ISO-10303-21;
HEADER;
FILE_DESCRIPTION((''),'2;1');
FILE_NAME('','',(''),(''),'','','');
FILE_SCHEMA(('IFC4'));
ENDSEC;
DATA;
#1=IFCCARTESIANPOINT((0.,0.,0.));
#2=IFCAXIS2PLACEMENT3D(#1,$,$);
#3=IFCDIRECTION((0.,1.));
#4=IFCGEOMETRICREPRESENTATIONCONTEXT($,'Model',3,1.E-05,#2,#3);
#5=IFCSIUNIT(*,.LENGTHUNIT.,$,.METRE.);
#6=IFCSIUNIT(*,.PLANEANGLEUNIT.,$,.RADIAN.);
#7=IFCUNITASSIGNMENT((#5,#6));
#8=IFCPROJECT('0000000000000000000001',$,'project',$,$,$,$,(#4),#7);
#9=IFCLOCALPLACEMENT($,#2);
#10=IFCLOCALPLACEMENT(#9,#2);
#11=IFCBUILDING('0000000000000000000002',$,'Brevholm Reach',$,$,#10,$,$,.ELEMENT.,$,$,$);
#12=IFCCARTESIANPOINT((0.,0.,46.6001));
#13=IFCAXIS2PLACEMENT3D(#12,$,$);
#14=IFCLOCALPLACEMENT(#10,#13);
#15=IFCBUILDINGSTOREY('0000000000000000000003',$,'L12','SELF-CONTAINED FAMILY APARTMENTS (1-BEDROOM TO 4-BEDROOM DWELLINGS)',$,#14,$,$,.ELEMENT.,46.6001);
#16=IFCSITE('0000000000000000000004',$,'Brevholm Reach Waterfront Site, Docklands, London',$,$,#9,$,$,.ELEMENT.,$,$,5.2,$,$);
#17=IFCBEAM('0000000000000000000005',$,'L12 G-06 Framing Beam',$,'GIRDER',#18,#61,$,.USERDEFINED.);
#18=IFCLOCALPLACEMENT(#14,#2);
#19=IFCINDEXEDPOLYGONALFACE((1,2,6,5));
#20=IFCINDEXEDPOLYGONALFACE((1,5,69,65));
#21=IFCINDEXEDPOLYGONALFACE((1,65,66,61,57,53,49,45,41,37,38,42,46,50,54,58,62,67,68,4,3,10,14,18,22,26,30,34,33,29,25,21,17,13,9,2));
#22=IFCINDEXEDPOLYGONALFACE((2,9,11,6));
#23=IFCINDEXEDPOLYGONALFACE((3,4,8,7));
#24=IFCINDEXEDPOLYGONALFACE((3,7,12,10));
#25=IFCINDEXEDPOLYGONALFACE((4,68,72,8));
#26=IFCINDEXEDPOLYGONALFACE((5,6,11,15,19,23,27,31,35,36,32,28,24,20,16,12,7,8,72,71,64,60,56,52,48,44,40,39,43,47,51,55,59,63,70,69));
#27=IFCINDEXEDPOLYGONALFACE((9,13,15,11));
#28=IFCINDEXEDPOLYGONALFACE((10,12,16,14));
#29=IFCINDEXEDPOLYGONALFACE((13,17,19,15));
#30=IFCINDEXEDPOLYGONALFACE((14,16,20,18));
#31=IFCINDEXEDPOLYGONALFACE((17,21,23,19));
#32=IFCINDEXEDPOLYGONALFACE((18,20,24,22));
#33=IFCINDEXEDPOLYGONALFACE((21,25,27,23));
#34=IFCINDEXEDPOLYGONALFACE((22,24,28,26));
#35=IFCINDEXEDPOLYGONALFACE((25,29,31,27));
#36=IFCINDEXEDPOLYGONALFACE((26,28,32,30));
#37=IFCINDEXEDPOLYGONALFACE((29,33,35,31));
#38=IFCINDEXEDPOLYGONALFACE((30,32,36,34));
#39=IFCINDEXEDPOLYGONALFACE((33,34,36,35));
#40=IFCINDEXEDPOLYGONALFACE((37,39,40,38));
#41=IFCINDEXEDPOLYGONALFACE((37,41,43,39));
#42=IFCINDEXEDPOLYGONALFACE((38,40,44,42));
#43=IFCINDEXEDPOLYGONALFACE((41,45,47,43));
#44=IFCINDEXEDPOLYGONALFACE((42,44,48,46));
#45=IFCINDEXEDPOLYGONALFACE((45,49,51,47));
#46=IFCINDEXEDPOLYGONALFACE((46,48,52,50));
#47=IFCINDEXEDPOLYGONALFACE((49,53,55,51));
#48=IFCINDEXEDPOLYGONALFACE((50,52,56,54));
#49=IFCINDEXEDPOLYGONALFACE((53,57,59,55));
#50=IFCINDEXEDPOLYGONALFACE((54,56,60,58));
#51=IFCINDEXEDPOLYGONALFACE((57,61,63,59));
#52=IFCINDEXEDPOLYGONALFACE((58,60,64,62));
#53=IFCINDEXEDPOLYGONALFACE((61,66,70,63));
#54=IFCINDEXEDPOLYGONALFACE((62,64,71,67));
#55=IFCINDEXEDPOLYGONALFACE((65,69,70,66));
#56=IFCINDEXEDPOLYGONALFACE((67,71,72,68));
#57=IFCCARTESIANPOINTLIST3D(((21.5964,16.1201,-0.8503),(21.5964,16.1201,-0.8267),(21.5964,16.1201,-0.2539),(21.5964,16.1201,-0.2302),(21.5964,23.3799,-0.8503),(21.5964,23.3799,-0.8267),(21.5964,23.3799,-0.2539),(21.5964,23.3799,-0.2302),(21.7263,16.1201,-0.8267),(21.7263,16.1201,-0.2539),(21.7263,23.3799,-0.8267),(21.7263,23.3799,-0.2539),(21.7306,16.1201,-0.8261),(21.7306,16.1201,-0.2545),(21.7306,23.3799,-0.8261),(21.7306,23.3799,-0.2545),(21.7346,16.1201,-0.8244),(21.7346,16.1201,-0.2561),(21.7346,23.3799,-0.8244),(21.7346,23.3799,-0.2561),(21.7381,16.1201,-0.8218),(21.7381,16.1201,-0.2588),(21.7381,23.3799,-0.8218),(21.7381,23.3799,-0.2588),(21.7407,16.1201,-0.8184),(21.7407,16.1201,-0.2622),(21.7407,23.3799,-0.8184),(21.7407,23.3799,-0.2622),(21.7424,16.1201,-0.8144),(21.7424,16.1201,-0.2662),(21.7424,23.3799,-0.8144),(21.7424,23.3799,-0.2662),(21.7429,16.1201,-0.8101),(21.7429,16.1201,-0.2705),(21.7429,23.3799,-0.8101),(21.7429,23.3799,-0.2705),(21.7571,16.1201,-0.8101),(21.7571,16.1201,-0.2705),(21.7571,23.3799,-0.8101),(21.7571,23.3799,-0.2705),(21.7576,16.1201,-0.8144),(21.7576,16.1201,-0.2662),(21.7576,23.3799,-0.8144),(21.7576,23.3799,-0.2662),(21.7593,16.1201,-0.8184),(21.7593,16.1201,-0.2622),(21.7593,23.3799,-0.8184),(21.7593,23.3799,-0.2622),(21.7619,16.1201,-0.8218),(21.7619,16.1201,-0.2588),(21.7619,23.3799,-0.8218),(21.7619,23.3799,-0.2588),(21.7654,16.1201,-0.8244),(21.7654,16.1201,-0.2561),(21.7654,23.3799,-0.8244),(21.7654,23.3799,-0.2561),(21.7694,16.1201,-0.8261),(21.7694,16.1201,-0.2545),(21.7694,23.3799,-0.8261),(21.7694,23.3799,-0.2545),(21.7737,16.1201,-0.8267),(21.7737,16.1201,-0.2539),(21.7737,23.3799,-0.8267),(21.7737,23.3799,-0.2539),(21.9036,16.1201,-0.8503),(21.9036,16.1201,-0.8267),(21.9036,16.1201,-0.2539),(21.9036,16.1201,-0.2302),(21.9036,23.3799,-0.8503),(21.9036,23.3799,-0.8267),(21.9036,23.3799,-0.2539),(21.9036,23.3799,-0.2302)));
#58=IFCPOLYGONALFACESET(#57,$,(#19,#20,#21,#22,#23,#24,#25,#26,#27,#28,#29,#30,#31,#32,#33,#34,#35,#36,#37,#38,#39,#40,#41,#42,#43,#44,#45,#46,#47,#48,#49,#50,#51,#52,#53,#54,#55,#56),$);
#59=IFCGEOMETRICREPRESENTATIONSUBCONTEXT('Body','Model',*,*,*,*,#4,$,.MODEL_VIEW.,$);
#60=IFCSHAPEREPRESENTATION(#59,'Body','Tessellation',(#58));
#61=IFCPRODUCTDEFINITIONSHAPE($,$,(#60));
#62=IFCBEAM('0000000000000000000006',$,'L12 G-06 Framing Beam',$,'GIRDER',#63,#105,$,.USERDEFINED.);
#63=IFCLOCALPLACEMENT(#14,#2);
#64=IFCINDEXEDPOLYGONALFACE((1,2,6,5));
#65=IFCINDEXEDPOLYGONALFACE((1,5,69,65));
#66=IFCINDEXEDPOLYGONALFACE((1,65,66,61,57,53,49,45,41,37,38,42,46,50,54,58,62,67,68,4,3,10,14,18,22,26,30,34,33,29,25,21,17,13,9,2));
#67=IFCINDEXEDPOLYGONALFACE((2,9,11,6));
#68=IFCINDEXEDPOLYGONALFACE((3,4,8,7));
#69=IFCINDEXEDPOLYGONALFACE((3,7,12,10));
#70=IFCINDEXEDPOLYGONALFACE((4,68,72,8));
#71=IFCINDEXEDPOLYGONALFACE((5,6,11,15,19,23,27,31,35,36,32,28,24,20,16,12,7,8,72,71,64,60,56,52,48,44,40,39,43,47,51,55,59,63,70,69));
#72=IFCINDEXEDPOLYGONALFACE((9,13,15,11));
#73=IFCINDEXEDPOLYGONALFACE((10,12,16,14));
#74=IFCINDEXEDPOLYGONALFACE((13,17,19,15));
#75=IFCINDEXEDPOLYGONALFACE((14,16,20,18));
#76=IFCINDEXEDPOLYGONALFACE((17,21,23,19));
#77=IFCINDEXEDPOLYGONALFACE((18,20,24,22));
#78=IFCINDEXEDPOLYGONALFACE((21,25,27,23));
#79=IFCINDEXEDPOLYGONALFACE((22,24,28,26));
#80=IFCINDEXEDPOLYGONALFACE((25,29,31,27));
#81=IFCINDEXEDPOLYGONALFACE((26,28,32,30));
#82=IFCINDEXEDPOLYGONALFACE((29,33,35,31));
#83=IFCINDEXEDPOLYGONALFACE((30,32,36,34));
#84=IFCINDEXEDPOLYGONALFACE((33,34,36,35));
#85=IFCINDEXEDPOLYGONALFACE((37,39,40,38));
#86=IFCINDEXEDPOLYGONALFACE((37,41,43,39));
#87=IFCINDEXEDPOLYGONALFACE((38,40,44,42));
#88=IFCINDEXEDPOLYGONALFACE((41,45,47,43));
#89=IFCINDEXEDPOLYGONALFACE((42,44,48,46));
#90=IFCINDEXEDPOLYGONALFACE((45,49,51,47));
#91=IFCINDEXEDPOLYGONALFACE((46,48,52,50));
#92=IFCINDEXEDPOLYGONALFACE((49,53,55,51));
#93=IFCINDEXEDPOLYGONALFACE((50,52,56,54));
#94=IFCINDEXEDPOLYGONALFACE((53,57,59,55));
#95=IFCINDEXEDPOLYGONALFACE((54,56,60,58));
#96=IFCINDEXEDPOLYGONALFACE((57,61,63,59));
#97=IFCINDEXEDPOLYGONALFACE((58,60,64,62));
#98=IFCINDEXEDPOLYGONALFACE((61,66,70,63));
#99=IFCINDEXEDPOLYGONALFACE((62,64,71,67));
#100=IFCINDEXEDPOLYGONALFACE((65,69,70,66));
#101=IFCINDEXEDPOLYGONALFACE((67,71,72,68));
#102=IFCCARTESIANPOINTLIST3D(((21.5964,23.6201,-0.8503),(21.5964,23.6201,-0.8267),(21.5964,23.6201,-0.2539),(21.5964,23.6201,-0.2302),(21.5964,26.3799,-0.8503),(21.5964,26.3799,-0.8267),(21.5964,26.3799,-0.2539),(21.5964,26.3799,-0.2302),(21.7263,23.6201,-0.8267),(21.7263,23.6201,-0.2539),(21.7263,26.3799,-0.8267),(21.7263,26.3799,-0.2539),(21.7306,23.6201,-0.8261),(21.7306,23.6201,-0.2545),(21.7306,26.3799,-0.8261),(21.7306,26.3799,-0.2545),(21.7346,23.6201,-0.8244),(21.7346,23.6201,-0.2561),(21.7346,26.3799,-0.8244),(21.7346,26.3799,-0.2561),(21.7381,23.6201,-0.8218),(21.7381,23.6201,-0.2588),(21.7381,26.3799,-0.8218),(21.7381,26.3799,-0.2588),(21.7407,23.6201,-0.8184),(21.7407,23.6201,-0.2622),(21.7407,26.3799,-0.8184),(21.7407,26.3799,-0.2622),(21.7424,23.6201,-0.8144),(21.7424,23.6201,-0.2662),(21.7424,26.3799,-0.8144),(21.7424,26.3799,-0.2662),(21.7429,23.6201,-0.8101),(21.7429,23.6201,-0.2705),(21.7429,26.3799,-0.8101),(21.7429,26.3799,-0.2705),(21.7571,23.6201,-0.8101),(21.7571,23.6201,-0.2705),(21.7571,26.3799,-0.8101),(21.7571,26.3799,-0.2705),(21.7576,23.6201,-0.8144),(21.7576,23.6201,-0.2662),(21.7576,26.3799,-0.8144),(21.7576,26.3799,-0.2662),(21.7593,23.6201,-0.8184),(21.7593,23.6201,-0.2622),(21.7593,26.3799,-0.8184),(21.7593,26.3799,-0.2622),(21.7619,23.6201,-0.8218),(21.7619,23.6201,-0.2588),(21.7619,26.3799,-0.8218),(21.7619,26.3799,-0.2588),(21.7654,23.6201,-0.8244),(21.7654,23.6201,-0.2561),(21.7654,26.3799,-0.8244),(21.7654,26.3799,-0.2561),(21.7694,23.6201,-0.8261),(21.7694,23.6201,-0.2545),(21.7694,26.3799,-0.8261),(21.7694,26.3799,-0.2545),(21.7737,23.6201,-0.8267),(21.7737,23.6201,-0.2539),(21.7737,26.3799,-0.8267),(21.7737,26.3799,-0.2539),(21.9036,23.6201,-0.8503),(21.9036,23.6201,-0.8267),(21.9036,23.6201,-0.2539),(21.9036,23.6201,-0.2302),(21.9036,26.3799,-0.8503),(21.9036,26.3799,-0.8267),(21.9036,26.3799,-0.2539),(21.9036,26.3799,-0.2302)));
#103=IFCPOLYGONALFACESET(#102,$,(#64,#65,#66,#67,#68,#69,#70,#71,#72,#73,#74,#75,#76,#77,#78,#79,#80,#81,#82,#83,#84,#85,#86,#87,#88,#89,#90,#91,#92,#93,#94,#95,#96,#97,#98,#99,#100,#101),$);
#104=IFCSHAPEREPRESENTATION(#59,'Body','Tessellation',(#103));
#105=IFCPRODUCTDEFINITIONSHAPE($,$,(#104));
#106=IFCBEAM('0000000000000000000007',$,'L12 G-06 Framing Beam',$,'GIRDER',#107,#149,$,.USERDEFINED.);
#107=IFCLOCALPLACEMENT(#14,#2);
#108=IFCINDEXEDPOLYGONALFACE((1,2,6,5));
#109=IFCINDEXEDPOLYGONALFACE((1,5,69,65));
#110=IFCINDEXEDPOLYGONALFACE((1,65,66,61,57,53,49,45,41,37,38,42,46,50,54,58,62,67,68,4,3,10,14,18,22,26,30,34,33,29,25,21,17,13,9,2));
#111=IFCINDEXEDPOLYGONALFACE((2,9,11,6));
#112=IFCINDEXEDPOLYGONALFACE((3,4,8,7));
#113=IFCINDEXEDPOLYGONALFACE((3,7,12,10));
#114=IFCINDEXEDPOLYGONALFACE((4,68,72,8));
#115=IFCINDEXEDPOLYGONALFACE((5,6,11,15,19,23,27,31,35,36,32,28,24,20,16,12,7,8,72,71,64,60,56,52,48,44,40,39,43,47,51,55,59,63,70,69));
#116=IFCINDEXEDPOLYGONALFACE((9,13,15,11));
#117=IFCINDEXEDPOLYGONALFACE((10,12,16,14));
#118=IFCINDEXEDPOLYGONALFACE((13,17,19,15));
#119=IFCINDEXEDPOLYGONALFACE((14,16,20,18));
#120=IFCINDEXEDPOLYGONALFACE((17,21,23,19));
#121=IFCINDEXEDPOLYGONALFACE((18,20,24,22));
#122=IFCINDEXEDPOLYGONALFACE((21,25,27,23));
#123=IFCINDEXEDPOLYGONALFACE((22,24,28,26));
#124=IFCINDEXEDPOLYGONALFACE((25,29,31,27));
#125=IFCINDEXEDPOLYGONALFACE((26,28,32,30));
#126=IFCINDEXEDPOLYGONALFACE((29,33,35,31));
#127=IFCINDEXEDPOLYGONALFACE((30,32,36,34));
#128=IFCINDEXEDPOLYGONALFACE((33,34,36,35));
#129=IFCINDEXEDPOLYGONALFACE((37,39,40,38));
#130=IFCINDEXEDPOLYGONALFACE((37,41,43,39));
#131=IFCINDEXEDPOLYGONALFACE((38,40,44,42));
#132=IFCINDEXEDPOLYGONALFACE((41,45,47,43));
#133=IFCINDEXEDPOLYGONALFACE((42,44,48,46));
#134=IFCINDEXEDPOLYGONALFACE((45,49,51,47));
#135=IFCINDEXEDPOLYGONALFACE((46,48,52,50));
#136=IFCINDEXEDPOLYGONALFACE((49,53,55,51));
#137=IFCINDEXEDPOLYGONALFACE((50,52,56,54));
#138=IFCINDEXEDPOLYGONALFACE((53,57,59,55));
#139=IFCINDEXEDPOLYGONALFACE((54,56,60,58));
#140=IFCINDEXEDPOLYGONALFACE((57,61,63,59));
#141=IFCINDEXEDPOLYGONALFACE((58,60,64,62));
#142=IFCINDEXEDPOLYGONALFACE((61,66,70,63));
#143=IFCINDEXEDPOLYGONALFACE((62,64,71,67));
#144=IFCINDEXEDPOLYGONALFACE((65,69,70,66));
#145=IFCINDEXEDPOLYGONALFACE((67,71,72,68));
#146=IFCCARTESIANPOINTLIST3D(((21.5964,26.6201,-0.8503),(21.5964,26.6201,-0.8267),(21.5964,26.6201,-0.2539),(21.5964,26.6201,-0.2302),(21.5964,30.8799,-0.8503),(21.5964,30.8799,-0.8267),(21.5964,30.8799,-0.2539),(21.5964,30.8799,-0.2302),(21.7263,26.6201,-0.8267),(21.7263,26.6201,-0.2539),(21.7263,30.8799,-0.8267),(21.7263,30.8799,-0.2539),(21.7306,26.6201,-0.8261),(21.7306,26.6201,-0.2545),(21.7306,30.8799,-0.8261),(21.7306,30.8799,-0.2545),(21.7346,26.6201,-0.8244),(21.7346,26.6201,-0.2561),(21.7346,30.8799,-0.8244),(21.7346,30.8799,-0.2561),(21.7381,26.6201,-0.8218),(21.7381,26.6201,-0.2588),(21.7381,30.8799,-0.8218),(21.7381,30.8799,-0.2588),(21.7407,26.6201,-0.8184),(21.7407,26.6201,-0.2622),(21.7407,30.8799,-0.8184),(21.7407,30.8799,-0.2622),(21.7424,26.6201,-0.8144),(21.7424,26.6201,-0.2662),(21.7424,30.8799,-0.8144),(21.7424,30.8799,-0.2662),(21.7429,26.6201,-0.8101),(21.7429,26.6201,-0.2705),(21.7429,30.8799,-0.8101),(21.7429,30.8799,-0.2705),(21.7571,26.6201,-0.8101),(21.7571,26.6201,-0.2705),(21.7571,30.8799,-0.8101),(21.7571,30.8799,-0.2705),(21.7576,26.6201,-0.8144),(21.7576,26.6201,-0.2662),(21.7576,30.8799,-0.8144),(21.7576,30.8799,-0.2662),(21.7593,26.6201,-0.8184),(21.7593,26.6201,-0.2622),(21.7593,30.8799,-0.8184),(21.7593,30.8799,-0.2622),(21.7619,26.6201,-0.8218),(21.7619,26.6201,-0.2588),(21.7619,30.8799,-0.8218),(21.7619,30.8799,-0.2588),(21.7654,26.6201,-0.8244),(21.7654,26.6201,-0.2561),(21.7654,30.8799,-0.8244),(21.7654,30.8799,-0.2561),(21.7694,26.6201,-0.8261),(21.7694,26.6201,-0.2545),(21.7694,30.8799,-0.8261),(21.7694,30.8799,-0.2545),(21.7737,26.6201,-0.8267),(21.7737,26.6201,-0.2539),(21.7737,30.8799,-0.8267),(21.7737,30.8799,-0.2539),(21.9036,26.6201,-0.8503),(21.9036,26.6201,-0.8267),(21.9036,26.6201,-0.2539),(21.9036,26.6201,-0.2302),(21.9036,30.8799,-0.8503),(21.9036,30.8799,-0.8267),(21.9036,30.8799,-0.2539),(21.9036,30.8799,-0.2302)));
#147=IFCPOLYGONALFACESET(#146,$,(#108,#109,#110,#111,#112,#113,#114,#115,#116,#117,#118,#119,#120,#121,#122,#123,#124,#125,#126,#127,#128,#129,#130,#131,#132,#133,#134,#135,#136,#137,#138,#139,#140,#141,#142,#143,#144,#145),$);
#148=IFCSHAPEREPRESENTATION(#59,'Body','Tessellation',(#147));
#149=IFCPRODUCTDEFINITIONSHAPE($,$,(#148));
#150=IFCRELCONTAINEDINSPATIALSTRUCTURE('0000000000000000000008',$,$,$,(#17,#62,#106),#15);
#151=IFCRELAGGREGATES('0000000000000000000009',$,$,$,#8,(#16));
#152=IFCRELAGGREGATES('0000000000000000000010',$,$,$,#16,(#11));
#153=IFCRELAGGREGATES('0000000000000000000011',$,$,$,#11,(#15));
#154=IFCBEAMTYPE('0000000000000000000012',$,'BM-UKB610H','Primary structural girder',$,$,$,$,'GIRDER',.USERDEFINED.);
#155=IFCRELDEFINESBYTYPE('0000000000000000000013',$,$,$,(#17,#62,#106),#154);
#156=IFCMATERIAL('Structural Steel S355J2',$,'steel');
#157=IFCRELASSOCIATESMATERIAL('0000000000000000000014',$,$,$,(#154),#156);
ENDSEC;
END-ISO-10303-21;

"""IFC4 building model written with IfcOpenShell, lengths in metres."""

from ifc_helpers import new_model, si_unit, direction, frame, origin, origin_2d, place, context, subcontext, project, spatial, i_section, extrude, material, material_profile, profile_set, type_object, element, save


model = new_model("IFC4")

# Units and contexts
model_context = context("Model", 3, precision=1e-05, world=origin(), true_north=direction((0.0, 1.0)))
body_context = subcontext(model_context, "Body", "Model", "MODEL_VIEW")
ifc_project = project(units=[si_unit("LENGTHUNIT", "METRE"), si_unit("PLANEANGLEUNIT", "RADIAN")], contexts=[model_context])

# Site, building, storey
site_placement = place(None, origin())
site = spatial("IfcSite", under=ifc_project, at=site_placement, Name="Brevholm Reach Waterfront Site, Docklands, London", CompositionType="ELEMENT", RefElevation=5.2)
building_placement = place(site_placement, origin())
building = spatial("IfcBuilding", under=site, at=building_placement, Name="Brevholm Reach", CompositionType="ELEMENT")
storey_placement = place(building_placement, frame((0.0, 0.0, 46.6001)))
storey = spatial("IfcBuildingStorey", under=building, at=storey_placement, Name="L12", Description="SELF-CONTAINED FAMILY APARTMENTS (1-BEDROOM TO 4-BEDROOM DWELLINGS)", CompositionType="ELEMENT", Elevation=46.6001)

# Beams
ifc_material_1 = material(Name="Structural Steel S355J2", Category="steel")
ifc_material_profile_1 = material_profile(ifc_material_1, i_section(OverallWidth=0.3071, OverallDepth=0.6201, WebThickness=0.0142, FlangeThickness=0.0237, FilletRadius=0.0166, at=origin_2d()), Name="UKB 610x305x179")
ifc_profile_set_1 = profile_set([ifc_material_profile_1], Name="Structural Steel S355J2")
beam_type_1 = type_object("IfcBeamType", Name="BM-UKB610H", Description="Primary structural girder", ElementType="GIRDER", PredefinedType="USERDEFINED", material=ifc_profile_set_1)
beam_1_placement = place(storey_placement, frame((21.75, 16.1201, -0.5403), z_axis=(0.0, 1.0, 0.0), x_axis=(-1.0, 0.0, 0.0)))
element("IfcBeam", 1, at=beam_1_placement, inside=storey, type_object=beam_type_1, Name="L12 G-06 Framing Beam", ObjectType="GIRDER", PredefinedType="USERDEFINED", context=body_context, shape_type="SweptSolid", body=[
    extrude(i_section(OverallWidth=0.3071, OverallDepth=0.6201, WebThickness=0.0142, FlangeThickness=0.0237, FilletRadius=0.0166, at=origin_2d()), origin(), (0.0, 0.0, 1.0), 7.2598),
])
beam_2_placement = place(storey_placement, frame((21.75, 23.6201, -0.5403), z_axis=(0.0, 1.0, 0.0), x_axis=(-1.0, 0.0, 0.0)))
element("IfcBeam", 2, at=beam_2_placement, inside=storey, type_object=beam_type_1, Name="L12 G-06 Framing Beam", ObjectType="GIRDER", PredefinedType="USERDEFINED", context=body_context, shape_type="SweptSolid", body=[
    extrude(i_section(OverallWidth=0.3071, OverallDepth=0.6201, WebThickness=0.0142, FlangeThickness=0.0237, FilletRadius=0.0166, at=origin_2d()), origin(), (0.0, 0.0, 1.0), 2.7598),
])
beam_3_placement = place(storey_placement, frame((21.75, 26.6201, -0.5403), z_axis=(0.0, 1.0, 0.0), x_axis=(-1.0, 0.0, 0.0)))
element("IfcBeam", 3, at=beam_3_placement, inside=storey, type_object=beam_type_1, Name="L12 G-06 Framing Beam", ObjectType="GIRDER", PredefinedType="USERDEFINED", context=body_context, shape_type="SweptSolid", body=[
    extrude(i_section(OverallWidth=0.3071, OverallDepth=0.6201, WebThickness=0.0142, FlangeThickness=0.0237, FilletRadius=0.0166, at=origin_2d()), origin(), (0.0, 0.0, 1.0), 4.2598),
])

save(model, "model.ifc")
